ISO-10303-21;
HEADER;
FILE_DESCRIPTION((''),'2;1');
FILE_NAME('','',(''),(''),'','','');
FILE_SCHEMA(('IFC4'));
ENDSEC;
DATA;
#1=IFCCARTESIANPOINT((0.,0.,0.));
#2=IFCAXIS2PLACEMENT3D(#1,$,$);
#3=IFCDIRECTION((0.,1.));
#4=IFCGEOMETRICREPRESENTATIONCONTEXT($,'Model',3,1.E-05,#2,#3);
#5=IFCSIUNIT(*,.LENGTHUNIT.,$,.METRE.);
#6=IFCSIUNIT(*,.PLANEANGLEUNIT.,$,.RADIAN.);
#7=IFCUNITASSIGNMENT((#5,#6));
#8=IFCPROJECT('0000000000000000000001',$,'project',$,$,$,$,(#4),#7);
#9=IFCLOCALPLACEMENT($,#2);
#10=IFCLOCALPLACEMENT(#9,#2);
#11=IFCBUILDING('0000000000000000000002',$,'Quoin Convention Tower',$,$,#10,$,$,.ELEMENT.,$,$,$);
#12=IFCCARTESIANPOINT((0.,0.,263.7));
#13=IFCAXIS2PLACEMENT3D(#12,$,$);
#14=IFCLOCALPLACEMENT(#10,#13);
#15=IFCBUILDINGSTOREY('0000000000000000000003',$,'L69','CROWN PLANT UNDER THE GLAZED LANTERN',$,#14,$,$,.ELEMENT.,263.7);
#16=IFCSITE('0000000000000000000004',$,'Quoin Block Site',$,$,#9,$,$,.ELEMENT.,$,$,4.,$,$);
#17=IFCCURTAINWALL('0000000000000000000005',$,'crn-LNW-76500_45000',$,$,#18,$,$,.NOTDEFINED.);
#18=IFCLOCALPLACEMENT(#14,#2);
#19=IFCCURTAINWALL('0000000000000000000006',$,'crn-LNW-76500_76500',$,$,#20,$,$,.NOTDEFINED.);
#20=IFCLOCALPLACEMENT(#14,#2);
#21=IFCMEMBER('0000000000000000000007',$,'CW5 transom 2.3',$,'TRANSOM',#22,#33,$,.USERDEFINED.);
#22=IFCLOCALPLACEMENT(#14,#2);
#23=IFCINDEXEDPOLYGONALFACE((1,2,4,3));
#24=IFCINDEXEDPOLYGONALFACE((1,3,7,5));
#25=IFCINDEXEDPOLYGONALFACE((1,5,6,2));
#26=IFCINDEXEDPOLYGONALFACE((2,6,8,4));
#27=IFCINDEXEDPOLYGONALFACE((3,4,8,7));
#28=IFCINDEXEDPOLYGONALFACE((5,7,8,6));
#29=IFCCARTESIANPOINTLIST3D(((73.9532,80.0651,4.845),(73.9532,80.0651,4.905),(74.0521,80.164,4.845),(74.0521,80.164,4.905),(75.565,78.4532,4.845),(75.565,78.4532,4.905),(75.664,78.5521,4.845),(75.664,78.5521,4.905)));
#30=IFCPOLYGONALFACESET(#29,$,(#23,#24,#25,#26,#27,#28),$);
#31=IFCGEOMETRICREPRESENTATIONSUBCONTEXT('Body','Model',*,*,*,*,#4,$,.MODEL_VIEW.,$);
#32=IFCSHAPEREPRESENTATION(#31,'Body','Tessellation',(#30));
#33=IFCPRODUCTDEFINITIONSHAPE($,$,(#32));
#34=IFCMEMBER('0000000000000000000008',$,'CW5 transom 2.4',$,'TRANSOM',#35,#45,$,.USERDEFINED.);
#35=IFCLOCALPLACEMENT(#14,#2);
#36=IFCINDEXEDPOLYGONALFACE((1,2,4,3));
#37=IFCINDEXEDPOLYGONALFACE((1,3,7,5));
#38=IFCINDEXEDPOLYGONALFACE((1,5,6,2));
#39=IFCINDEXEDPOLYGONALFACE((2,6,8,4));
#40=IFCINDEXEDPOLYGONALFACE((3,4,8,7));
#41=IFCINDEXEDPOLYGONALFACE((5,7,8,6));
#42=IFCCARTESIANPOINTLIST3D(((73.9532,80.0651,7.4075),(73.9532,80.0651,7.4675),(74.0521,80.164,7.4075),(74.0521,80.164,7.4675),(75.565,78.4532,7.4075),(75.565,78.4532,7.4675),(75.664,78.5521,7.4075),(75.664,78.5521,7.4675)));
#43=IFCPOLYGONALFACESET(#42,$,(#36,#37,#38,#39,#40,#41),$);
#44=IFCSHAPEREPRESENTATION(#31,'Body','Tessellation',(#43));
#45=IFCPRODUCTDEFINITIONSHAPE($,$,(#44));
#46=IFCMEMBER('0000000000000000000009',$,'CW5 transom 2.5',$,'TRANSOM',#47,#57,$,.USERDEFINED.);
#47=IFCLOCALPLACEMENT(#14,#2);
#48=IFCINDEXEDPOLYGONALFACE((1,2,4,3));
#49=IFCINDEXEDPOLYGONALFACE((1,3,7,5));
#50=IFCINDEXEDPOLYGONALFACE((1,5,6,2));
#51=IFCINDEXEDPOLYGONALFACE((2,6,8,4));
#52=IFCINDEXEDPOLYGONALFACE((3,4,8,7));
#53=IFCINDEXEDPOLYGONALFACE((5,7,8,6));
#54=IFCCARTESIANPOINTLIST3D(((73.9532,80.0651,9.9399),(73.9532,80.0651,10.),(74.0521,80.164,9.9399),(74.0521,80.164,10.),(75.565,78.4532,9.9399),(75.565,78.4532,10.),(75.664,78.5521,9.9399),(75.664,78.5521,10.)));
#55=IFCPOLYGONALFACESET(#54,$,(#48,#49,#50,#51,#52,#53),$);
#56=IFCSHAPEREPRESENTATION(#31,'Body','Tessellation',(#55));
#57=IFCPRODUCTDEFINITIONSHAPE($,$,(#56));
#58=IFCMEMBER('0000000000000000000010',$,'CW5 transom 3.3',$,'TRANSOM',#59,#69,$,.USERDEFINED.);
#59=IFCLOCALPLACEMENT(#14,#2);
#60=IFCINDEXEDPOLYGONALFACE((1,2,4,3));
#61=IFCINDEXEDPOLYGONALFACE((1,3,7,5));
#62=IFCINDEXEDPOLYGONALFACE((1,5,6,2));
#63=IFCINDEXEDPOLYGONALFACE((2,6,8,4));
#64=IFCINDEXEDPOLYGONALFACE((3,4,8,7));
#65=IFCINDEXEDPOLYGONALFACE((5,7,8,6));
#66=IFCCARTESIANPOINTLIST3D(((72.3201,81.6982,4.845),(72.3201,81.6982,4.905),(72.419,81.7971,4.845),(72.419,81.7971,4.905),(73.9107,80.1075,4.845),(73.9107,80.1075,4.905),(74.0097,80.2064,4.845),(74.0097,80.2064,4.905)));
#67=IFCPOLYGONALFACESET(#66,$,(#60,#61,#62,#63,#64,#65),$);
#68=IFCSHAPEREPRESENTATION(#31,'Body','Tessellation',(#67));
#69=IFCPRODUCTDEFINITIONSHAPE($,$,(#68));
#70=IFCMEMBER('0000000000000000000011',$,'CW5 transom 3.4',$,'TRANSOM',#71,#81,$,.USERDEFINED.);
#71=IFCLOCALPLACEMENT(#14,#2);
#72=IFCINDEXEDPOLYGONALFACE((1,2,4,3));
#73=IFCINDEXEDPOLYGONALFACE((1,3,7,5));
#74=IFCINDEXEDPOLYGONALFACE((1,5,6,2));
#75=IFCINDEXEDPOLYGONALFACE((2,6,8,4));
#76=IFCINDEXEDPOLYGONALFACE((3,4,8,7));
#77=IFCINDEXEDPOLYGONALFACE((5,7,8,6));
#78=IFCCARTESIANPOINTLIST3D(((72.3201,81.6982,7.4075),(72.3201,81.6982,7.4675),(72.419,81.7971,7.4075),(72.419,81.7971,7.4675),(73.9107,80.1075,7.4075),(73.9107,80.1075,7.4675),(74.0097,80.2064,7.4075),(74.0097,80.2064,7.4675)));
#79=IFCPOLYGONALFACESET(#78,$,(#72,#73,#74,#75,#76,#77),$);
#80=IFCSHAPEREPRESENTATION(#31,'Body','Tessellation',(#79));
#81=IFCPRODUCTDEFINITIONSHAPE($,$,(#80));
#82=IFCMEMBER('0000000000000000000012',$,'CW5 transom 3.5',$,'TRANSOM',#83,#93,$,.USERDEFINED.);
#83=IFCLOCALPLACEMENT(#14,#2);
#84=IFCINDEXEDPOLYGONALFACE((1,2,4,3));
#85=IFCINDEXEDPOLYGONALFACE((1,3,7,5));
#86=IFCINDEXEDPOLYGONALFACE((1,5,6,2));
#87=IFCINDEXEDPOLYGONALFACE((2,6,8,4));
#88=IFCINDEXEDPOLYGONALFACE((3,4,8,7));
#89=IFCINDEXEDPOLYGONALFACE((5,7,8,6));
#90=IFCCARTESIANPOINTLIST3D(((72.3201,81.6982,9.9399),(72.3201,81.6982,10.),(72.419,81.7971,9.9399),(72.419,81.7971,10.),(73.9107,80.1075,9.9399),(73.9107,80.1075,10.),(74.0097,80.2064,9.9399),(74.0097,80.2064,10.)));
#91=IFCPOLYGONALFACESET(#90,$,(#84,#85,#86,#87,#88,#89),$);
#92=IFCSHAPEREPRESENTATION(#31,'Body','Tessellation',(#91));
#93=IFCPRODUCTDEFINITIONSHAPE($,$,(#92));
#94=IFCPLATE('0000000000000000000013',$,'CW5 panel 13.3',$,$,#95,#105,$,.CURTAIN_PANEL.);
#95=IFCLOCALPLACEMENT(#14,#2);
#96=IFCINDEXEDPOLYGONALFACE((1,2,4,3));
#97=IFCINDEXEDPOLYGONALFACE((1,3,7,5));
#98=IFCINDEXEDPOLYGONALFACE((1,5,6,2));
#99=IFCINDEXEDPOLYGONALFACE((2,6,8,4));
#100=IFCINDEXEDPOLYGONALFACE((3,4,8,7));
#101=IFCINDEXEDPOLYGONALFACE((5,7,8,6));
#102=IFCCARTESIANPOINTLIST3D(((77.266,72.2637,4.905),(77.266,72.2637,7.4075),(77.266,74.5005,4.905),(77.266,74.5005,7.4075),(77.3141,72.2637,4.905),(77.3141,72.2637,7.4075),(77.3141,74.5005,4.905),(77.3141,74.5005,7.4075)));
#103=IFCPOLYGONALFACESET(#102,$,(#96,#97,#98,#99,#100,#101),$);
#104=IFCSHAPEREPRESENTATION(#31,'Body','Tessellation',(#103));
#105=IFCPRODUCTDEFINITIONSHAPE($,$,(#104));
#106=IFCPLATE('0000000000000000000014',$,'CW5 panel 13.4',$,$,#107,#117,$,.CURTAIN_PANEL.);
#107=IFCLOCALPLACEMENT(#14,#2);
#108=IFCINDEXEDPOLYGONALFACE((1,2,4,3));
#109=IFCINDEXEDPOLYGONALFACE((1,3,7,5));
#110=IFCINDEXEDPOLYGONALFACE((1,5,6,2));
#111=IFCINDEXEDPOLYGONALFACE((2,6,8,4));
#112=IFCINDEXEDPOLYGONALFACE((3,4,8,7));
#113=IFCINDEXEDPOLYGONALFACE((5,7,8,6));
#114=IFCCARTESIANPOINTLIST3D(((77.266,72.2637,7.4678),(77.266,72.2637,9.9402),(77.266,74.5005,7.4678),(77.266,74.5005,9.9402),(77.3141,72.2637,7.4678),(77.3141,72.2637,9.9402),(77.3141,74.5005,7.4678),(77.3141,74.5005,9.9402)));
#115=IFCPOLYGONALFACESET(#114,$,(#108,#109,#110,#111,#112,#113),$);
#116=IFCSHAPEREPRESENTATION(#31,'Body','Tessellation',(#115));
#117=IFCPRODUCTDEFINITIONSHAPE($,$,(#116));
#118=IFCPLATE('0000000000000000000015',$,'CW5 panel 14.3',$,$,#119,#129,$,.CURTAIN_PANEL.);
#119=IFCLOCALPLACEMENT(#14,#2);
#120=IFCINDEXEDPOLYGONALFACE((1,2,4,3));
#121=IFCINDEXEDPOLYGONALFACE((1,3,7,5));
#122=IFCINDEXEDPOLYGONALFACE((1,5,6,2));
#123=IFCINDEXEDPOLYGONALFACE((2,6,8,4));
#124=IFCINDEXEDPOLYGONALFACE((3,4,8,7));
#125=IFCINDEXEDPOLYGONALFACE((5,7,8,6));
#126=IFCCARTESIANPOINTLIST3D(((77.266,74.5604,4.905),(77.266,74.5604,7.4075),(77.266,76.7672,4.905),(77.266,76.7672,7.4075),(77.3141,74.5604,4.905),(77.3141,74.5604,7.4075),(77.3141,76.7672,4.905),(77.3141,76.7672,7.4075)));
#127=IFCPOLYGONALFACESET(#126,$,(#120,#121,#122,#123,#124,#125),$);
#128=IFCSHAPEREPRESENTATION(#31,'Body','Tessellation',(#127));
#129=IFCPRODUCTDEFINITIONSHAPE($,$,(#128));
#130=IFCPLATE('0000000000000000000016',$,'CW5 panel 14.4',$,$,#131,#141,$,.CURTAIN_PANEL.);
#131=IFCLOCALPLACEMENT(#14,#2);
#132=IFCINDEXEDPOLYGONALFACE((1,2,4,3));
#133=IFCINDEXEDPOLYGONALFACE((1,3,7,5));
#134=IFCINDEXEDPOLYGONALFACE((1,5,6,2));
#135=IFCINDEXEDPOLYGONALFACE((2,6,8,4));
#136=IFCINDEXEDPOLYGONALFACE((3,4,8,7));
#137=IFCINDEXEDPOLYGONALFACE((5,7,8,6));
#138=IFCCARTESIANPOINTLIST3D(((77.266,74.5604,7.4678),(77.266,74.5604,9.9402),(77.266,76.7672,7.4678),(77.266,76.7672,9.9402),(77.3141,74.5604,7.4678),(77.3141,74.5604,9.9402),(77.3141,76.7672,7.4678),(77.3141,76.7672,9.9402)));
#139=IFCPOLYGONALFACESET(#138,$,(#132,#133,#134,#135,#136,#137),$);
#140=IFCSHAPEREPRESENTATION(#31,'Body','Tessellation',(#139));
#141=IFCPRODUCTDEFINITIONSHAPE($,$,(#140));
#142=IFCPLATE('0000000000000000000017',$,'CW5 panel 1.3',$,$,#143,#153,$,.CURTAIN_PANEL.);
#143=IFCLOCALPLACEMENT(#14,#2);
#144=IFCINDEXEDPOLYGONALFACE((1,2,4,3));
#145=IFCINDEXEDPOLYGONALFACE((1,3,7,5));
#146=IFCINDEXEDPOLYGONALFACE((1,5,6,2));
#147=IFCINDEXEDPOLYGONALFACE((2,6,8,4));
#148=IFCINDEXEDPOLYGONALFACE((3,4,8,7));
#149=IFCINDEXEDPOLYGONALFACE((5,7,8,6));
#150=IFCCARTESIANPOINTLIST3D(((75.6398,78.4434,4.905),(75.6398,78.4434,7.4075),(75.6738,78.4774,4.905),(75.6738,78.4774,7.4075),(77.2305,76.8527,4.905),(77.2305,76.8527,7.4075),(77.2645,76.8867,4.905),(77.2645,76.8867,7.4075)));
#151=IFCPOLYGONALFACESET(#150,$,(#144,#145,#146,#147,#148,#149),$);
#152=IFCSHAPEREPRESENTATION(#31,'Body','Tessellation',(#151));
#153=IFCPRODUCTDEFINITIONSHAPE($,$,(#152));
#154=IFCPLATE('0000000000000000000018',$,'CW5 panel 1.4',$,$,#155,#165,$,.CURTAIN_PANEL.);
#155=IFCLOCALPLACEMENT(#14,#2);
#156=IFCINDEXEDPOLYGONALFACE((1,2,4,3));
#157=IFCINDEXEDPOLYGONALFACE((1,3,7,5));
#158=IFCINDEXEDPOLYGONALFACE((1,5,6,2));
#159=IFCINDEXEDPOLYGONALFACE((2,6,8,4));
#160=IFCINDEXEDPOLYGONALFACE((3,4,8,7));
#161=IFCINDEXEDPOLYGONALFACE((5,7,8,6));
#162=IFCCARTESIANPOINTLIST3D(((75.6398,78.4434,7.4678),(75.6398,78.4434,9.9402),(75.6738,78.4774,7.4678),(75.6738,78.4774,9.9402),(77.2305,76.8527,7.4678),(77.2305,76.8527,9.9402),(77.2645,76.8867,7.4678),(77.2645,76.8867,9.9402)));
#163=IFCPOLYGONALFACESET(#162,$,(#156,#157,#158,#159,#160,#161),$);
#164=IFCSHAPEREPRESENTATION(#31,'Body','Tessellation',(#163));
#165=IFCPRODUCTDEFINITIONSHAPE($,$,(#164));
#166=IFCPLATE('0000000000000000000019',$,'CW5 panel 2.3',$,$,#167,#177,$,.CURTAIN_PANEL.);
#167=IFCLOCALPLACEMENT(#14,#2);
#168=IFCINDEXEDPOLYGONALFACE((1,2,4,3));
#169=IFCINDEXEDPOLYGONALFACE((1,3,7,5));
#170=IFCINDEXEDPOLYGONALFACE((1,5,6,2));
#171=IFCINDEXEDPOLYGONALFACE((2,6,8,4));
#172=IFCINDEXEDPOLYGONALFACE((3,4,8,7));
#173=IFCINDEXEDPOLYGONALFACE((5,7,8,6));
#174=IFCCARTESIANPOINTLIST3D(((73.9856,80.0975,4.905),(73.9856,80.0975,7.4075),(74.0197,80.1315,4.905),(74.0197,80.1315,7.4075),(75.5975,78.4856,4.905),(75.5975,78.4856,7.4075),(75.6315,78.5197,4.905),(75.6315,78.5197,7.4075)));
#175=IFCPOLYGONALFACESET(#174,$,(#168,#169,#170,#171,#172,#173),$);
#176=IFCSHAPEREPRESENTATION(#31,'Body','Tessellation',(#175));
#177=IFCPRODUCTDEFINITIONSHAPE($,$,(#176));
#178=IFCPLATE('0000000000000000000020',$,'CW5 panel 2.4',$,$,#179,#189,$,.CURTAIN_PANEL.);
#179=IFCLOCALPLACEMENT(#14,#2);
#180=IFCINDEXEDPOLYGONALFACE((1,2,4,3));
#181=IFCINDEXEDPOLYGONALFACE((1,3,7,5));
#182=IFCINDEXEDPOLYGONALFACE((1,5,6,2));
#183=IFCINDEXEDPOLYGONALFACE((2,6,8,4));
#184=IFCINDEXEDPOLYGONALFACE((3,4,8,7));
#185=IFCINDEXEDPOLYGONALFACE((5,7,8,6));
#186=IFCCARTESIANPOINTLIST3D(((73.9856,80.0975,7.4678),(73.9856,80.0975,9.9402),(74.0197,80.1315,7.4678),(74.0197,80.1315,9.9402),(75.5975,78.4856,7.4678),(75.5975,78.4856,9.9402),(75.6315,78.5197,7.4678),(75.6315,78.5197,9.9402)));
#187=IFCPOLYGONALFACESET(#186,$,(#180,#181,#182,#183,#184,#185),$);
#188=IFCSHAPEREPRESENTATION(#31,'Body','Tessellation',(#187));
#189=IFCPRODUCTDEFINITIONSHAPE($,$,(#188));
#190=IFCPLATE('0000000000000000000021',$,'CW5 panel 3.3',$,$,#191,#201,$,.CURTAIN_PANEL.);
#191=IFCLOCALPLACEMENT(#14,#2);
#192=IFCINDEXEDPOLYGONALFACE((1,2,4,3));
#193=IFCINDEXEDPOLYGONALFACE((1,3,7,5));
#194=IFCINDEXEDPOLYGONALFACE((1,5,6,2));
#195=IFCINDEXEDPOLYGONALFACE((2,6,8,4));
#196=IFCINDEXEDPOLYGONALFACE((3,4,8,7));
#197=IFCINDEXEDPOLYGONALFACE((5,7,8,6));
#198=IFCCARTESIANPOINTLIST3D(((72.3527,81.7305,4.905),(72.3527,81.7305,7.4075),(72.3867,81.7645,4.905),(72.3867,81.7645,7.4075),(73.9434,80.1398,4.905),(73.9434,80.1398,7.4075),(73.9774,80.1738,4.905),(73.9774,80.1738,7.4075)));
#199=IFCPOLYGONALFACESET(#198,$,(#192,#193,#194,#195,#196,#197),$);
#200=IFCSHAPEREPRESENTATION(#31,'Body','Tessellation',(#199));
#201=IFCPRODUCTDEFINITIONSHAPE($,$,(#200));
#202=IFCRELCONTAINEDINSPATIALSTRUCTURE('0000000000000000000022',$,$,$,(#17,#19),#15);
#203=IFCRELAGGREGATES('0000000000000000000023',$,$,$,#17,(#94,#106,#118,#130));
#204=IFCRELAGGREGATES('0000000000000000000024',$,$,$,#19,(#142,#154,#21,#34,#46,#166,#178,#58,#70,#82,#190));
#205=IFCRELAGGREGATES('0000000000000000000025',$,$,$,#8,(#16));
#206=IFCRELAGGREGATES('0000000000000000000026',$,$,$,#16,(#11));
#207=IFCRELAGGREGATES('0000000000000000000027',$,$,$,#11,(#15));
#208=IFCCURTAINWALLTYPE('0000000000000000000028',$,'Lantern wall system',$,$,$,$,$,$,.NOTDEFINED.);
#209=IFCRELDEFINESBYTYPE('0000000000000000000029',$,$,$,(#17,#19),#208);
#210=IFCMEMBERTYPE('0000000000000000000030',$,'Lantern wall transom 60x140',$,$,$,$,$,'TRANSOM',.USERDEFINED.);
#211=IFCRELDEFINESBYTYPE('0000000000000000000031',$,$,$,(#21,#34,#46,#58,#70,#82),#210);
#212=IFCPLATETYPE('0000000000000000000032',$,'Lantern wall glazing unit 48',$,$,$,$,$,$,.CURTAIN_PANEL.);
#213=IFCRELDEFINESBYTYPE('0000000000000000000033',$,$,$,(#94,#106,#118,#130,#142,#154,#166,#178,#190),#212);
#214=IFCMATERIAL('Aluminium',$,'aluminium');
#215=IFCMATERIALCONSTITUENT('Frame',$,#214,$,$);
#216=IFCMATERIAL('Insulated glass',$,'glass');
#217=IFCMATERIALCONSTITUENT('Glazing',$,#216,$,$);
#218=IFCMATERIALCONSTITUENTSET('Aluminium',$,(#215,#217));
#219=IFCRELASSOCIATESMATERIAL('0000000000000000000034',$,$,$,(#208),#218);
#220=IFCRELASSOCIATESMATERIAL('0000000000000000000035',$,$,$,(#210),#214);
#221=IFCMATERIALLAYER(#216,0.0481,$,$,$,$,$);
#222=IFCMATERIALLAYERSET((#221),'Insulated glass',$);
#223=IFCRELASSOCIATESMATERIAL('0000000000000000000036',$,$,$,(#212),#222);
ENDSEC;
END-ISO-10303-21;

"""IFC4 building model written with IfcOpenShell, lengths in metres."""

from ifc_helpers import new_model, si_unit, direction, frame, origin, origin_2d, place, context, subcontext, project, spatial, rectangle, extrude, material, layer, layer_set, constituent, constituent_set, material_profile, profile_set, type_object, element, aggregate, save


model = new_model("IFC4")

# Units and contexts
model_context = context("Model", 3, precision=1e-05, world=origin(), true_north=direction((0.0, 1.0)))
body_context = subcontext(model_context, "Body", "Model", "MODEL_VIEW")
ifc_project = project(units=[si_unit("LENGTHUNIT", "METRE"), si_unit("PLANEANGLEUNIT", "RADIAN")], contexts=[model_context])

# Site, building, storey
site_placement = place(None, origin())
site = spatial("IfcSite", under=ifc_project, at=site_placement, Name="Quoin Block Site", CompositionType="ELEMENT", RefElevation=4.0)
building_placement = place(site_placement, origin())
building = spatial("IfcBuilding", under=site, at=building_placement, Name="Quoin Convention Tower", CompositionType="ELEMENT")
storey_placement = place(building_placement, frame((0.0, 0.0, 263.7)))
storey = spatial("IfcBuildingStorey", under=building, at=storey_placement, Name="L69", Description="CROWN PLANT UNDER THE GLAZED LANTERN", CompositionType="ELEMENT", Elevation=263.7)

# Curtain walls
ifc_material_1 = material(Name="Aluminium", Category="aluminium")
ifc_constituent_1 = constituent(ifc_material_1, Name="Frame")
ifc_material_2 = material(Name="Insulated glass", Category="glass")
ifc_constituent_2 = constituent(ifc_material_2, Name="Glazing")
ifc_constituent_set = constituent_set(constituents=[ifc_constituent_1, ifc_constituent_2], Name="Aluminium")
curtain_wall_type = type_object("IfcCurtainWallType", Name="Lantern wall system", PredefinedType="NOTDEFINED", material=ifc_constituent_set)
curtain_wall_1_placement = place(storey_placement, origin())
curtain_wall_1 = element("IfcCurtainWall", 1, at=curtain_wall_1_placement, inside=storey, type_object=curtain_wall_type, Name="crn-LNW-76500_45000", PredefinedType="NOTDEFINED")
curtain_wall_2_placement = place(storey_placement, origin())
curtain_wall_2 = element("IfcCurtainWall", 2, at=curtain_wall_2_placement, inside=storey, type_object=curtain_wall_type, Name="crn-LNW-76500_76500", PredefinedType="NOTDEFINED")

# Members
ifc_material_profile_1 = material_profile(ifc_material_1, rectangle(XDim=0.1399, YDim=0.0601, at=origin_2d()), Name="Lantern wall transom 60x140")
ifc_profile_set_1 = profile_set([ifc_material_profile_1], Name="Aluminium")
member_type_1 = type_object("IfcMemberType", Name="Lantern wall transom 60x140", ElementType="TRANSOM", PredefinedType="USERDEFINED", material=ifc_profile_set_1)
member_1_placement = place(storey_placement, frame((75.6145, 78.5027, 4.875), z_axis=(-0.707107, 0.707107, 0.0), x_axis=(-0.707107, -0.707107, 0.0)))
member_1 = element("IfcMember", 3, at=member_1_placement, type_object=member_type_1, Name="CW5 transom 2.3", ObjectType="TRANSOM", PredefinedType="USERDEFINED", context=body_context, shape_type="SweptSolid", body=[
    extrude(rectangle(XDim=0.1399, YDim=0.0601, at=origin_2d()), origin(), (0.0, 0.0, 1.0), 2.2795),
])
member_2_placement = place(storey_placement, frame((75.6145, 78.5027, 7.4375), z_axis=(-0.707107, 0.707107, 0.0), x_axis=(-0.707107, -0.707107, 0.0)))
member_2 = element("IfcMember", 4, at=member_2_placement, type_object=member_type_1, Name="CW5 transom 2.4", ObjectType="TRANSOM", PredefinedType="USERDEFINED", context=body_context, shape_type="SweptSolid", body=[
    extrude(rectangle(XDim=0.1399, YDim=0.0601, at=origin_2d()), origin(), (0.0, 0.0, 1.0), 2.2795),
])
member_3_placement = place(storey_placement, frame((75.6145, 78.5027, 9.97), z_axis=(-0.707107, 0.707107, 0.0), x_axis=(-0.707107, -0.707107, 0.0)))
member_3 = element("IfcMember", 5, at=member_3_placement, type_object=member_type_1, Name="CW5 transom 2.5", ObjectType="TRANSOM", PredefinedType="USERDEFINED", context=body_context, shape_type="SweptSolid", body=[
    extrude(rectangle(XDim=0.1399, YDim=0.0601, at=origin_2d()), origin(), (0.0, 0.0, 1.0), 2.2795),
])
member_4_placement = place(storey_placement, frame((73.9602, 80.157, 4.875), z_axis=(-0.707107, 0.707107, 0.0), x_axis=(-0.707107, -0.707107, 0.0)))
member_4 = element("IfcMember", 6, at=member_4_placement, type_object=member_type_1, Name="CW5 transom 3.3", ObjectType="TRANSOM", PredefinedType="USERDEFINED", context=body_context, shape_type="SweptSolid", body=[
    extrude(rectangle(XDim=0.1399, YDim=0.0601, at=origin_2d()), origin(), (0.0, 0.0, 1.0), 2.2495),
])
member_5_placement = place(storey_placement, frame((73.9602, 80.157, 7.4375), z_axis=(-0.707107, 0.707107, 0.0), x_axis=(-0.707107, -0.707107, 0.0)))
member_5 = element("IfcMember", 7, at=member_5_placement, type_object=member_type_1, Name="CW5 transom 3.4", ObjectType="TRANSOM", PredefinedType="USERDEFINED", context=body_context, shape_type="SweptSolid", body=[
    extrude(rectangle(XDim=0.1399, YDim=0.0601, at=origin_2d()), origin(), (0.0, 0.0, 1.0), 2.2495),
])
member_6_placement = place(storey_placement, frame((73.9602, 80.157, 9.97), z_axis=(-0.707107, 0.707107, 0.0), x_axis=(-0.707107, -0.707107, 0.0)))
member_6 = element("IfcMember", 8, at=member_6_placement, type_object=member_type_1, Name="CW5 transom 3.5", ObjectType="TRANSOM", PredefinedType="USERDEFINED", context=body_context, shape_type="SweptSolid", body=[
    extrude(rectangle(XDim=0.1399, YDim=0.0601, at=origin_2d()), origin(), (0.0, 0.0, 1.0), 2.2495),
])

# Plates
ifc_layer = layer(ifc_material_2, 0.0481)
ifc_layer_set = layer_set([ifc_layer], Name="Insulated glass")
plate_type = type_object("IfcPlateType", Name="Lantern wall glazing unit 48", PredefinedType="CURTAIN_PANEL", material=ifc_layer_set)
plate_1_placement = place(storey_placement, frame((77.29, 73.3821, 4.905), z_axis=(0.0, 0.0, 1.0), x_axis=(0.0, 1.0, 0.0)))
plate_1 = element("IfcPlate", 9, at=plate_1_placement, type_object=plate_type, Name="CW5 panel 13.3", PredefinedType="CURTAIN_PANEL", context=body_context, shape_type="SweptSolid", body=[
    extrude(rectangle(XDim=2.2368, YDim=0.0481, at=origin_2d()), origin(), (0.0, 0.0, 1.0), 2.5024),
])
plate_2_placement = place(storey_placement, frame((77.29, 73.3821, 7.4678), z_axis=(0.0, 0.0, 1.0), x_axis=(0.0, 1.0, 0.0)))
plate_2 = element("IfcPlate", 10, at=plate_2_placement, type_object=plate_type, Name="CW5 panel 13.4", PredefinedType="CURTAIN_PANEL", context=body_context, shape_type="SweptSolid", body=[
    extrude(rectangle(XDim=2.2368, YDim=0.0481, at=origin_2d()), origin(), (0.0, 0.0, 1.0), 2.4724),
])
plate_3_placement = place(storey_placement, frame((77.29, 75.6638, 4.905), z_axis=(0.0, 0.0, 1.0), x_axis=(0.0, 1.0, 0.0)))
plate_3 = element("IfcPlate", 11, at=plate_3_placement, type_object=plate_type, Name="CW5 panel 14.3", PredefinedType="CURTAIN_PANEL", context=body_context, shape_type="SweptSolid", body=[
    extrude(rectangle(XDim=2.2068, YDim=0.0481, at=origin_2d()), origin(), (0.0, 0.0, 1.0), 2.5024),
])
plate_4_placement = place(storey_placement, frame((77.29, 75.6638, 7.4678), z_axis=(0.0, 0.0, 1.0), x_axis=(0.0, 1.0, 0.0)))
plate_4 = element("IfcPlate", 12, at=plate_4_placement, type_object=plate_type, Name="CW5 panel 14.4", PredefinedType="CURTAIN_PANEL", context=body_context, shape_type="SweptSolid", body=[
    extrude(rectangle(XDim=2.2068, YDim=0.0481, at=origin_2d()), origin(), (0.0, 0.0, 1.0), 2.4724),
])
aggregate(curtain_wall_1, [plate_1, plate_2, plate_3, plate_4])
plate_5_placement = place(storey_placement, frame((76.4521, 77.665, 4.905), z_axis=(0.0, 0.0, 1.0), x_axis=(-0.707107, 0.707107, 0.0)))
plate_5 = element("IfcPlate", 13, at=plate_5_placement, type_object=plate_type, Name="CW5 panel 1.3", PredefinedType="CURTAIN_PANEL", context=body_context, shape_type="SweptSolid", body=[
    extrude(rectangle(XDim=2.2495, YDim=0.0481, at=origin_2d()), origin(), (0.0, 0.0, 1.0), 2.5024),
])
plate_6_placement = place(storey_placement, frame((76.4521, 77.665, 7.4678), z_axis=(0.0, 0.0, 1.0), x_axis=(-0.707107, 0.707107, 0.0)))
plate_6 = element("IfcPlate", 14, at=plate_6_placement, type_object=plate_type, Name="CW5 panel 1.4", PredefinedType="CURTAIN_PANEL", context=body_context, shape_type="SweptSolid", body=[
    extrude(rectangle(XDim=2.2495, YDim=0.0481, at=origin_2d()), origin(), (0.0, 0.0, 1.0), 2.4724),
])
plate_7_placement = place(storey_placement, frame((74.8086, 79.3086, 4.905), z_axis=(0.0, 0.0, 1.0), x_axis=(-0.707107, 0.707107, 0.0)))
plate_7 = element("IfcPlate", 15, at=plate_7_placement, type_object=plate_type, Name="CW5 panel 2.3", PredefinedType="CURTAIN_PANEL", context=body_context, shape_type="SweptSolid", body=[
    extrude(rectangle(XDim=2.2795, YDim=0.0481, at=origin_2d()), origin(), (0.0, 0.0, 1.0), 2.5024),
])
plate_8_placement = place(storey_placement, frame((74.8086, 79.3086, 7.4678), z_axis=(0.0, 0.0, 1.0), x_axis=(-0.707107, 0.707107, 0.0)))
plate_8 = element("IfcPlate", 16, at=plate_8_placement, type_object=plate_type, Name="CW5 panel 2.4", PredefinedType="CURTAIN_PANEL", context=body_context, shape_type="SweptSolid", body=[
    extrude(rectangle(XDim=2.2795, YDim=0.0481, at=origin_2d()), origin(), (0.0, 0.0, 1.0), 2.4724),
])
plate_9_placement = place(storey_placement, frame((73.165, 80.9521, 4.905), z_axis=(0.0, 0.0, 1.0), x_axis=(-0.707107, 0.707107, 0.0)))
plate_9 = element("IfcPlate", 17, at=plate_9_placement, type_object=plate_type, Name="CW5 panel 3.3", PredefinedType="CURTAIN_PANEL", context=body_context, shape_type="SweptSolid", body=[
    extrude(rectangle(XDim=2.2495, YDim=0.0481, at=origin_2d()), origin(), (0.0, 0.0, 1.0), 2.5024),
])
aggregate(curtain_wall_2, [plate_5, plate_6, member_1, member_2, member_3, plate_7, plate_8, member_4, member_5, member_6, plate_9])

save(model, "model.ifc")
